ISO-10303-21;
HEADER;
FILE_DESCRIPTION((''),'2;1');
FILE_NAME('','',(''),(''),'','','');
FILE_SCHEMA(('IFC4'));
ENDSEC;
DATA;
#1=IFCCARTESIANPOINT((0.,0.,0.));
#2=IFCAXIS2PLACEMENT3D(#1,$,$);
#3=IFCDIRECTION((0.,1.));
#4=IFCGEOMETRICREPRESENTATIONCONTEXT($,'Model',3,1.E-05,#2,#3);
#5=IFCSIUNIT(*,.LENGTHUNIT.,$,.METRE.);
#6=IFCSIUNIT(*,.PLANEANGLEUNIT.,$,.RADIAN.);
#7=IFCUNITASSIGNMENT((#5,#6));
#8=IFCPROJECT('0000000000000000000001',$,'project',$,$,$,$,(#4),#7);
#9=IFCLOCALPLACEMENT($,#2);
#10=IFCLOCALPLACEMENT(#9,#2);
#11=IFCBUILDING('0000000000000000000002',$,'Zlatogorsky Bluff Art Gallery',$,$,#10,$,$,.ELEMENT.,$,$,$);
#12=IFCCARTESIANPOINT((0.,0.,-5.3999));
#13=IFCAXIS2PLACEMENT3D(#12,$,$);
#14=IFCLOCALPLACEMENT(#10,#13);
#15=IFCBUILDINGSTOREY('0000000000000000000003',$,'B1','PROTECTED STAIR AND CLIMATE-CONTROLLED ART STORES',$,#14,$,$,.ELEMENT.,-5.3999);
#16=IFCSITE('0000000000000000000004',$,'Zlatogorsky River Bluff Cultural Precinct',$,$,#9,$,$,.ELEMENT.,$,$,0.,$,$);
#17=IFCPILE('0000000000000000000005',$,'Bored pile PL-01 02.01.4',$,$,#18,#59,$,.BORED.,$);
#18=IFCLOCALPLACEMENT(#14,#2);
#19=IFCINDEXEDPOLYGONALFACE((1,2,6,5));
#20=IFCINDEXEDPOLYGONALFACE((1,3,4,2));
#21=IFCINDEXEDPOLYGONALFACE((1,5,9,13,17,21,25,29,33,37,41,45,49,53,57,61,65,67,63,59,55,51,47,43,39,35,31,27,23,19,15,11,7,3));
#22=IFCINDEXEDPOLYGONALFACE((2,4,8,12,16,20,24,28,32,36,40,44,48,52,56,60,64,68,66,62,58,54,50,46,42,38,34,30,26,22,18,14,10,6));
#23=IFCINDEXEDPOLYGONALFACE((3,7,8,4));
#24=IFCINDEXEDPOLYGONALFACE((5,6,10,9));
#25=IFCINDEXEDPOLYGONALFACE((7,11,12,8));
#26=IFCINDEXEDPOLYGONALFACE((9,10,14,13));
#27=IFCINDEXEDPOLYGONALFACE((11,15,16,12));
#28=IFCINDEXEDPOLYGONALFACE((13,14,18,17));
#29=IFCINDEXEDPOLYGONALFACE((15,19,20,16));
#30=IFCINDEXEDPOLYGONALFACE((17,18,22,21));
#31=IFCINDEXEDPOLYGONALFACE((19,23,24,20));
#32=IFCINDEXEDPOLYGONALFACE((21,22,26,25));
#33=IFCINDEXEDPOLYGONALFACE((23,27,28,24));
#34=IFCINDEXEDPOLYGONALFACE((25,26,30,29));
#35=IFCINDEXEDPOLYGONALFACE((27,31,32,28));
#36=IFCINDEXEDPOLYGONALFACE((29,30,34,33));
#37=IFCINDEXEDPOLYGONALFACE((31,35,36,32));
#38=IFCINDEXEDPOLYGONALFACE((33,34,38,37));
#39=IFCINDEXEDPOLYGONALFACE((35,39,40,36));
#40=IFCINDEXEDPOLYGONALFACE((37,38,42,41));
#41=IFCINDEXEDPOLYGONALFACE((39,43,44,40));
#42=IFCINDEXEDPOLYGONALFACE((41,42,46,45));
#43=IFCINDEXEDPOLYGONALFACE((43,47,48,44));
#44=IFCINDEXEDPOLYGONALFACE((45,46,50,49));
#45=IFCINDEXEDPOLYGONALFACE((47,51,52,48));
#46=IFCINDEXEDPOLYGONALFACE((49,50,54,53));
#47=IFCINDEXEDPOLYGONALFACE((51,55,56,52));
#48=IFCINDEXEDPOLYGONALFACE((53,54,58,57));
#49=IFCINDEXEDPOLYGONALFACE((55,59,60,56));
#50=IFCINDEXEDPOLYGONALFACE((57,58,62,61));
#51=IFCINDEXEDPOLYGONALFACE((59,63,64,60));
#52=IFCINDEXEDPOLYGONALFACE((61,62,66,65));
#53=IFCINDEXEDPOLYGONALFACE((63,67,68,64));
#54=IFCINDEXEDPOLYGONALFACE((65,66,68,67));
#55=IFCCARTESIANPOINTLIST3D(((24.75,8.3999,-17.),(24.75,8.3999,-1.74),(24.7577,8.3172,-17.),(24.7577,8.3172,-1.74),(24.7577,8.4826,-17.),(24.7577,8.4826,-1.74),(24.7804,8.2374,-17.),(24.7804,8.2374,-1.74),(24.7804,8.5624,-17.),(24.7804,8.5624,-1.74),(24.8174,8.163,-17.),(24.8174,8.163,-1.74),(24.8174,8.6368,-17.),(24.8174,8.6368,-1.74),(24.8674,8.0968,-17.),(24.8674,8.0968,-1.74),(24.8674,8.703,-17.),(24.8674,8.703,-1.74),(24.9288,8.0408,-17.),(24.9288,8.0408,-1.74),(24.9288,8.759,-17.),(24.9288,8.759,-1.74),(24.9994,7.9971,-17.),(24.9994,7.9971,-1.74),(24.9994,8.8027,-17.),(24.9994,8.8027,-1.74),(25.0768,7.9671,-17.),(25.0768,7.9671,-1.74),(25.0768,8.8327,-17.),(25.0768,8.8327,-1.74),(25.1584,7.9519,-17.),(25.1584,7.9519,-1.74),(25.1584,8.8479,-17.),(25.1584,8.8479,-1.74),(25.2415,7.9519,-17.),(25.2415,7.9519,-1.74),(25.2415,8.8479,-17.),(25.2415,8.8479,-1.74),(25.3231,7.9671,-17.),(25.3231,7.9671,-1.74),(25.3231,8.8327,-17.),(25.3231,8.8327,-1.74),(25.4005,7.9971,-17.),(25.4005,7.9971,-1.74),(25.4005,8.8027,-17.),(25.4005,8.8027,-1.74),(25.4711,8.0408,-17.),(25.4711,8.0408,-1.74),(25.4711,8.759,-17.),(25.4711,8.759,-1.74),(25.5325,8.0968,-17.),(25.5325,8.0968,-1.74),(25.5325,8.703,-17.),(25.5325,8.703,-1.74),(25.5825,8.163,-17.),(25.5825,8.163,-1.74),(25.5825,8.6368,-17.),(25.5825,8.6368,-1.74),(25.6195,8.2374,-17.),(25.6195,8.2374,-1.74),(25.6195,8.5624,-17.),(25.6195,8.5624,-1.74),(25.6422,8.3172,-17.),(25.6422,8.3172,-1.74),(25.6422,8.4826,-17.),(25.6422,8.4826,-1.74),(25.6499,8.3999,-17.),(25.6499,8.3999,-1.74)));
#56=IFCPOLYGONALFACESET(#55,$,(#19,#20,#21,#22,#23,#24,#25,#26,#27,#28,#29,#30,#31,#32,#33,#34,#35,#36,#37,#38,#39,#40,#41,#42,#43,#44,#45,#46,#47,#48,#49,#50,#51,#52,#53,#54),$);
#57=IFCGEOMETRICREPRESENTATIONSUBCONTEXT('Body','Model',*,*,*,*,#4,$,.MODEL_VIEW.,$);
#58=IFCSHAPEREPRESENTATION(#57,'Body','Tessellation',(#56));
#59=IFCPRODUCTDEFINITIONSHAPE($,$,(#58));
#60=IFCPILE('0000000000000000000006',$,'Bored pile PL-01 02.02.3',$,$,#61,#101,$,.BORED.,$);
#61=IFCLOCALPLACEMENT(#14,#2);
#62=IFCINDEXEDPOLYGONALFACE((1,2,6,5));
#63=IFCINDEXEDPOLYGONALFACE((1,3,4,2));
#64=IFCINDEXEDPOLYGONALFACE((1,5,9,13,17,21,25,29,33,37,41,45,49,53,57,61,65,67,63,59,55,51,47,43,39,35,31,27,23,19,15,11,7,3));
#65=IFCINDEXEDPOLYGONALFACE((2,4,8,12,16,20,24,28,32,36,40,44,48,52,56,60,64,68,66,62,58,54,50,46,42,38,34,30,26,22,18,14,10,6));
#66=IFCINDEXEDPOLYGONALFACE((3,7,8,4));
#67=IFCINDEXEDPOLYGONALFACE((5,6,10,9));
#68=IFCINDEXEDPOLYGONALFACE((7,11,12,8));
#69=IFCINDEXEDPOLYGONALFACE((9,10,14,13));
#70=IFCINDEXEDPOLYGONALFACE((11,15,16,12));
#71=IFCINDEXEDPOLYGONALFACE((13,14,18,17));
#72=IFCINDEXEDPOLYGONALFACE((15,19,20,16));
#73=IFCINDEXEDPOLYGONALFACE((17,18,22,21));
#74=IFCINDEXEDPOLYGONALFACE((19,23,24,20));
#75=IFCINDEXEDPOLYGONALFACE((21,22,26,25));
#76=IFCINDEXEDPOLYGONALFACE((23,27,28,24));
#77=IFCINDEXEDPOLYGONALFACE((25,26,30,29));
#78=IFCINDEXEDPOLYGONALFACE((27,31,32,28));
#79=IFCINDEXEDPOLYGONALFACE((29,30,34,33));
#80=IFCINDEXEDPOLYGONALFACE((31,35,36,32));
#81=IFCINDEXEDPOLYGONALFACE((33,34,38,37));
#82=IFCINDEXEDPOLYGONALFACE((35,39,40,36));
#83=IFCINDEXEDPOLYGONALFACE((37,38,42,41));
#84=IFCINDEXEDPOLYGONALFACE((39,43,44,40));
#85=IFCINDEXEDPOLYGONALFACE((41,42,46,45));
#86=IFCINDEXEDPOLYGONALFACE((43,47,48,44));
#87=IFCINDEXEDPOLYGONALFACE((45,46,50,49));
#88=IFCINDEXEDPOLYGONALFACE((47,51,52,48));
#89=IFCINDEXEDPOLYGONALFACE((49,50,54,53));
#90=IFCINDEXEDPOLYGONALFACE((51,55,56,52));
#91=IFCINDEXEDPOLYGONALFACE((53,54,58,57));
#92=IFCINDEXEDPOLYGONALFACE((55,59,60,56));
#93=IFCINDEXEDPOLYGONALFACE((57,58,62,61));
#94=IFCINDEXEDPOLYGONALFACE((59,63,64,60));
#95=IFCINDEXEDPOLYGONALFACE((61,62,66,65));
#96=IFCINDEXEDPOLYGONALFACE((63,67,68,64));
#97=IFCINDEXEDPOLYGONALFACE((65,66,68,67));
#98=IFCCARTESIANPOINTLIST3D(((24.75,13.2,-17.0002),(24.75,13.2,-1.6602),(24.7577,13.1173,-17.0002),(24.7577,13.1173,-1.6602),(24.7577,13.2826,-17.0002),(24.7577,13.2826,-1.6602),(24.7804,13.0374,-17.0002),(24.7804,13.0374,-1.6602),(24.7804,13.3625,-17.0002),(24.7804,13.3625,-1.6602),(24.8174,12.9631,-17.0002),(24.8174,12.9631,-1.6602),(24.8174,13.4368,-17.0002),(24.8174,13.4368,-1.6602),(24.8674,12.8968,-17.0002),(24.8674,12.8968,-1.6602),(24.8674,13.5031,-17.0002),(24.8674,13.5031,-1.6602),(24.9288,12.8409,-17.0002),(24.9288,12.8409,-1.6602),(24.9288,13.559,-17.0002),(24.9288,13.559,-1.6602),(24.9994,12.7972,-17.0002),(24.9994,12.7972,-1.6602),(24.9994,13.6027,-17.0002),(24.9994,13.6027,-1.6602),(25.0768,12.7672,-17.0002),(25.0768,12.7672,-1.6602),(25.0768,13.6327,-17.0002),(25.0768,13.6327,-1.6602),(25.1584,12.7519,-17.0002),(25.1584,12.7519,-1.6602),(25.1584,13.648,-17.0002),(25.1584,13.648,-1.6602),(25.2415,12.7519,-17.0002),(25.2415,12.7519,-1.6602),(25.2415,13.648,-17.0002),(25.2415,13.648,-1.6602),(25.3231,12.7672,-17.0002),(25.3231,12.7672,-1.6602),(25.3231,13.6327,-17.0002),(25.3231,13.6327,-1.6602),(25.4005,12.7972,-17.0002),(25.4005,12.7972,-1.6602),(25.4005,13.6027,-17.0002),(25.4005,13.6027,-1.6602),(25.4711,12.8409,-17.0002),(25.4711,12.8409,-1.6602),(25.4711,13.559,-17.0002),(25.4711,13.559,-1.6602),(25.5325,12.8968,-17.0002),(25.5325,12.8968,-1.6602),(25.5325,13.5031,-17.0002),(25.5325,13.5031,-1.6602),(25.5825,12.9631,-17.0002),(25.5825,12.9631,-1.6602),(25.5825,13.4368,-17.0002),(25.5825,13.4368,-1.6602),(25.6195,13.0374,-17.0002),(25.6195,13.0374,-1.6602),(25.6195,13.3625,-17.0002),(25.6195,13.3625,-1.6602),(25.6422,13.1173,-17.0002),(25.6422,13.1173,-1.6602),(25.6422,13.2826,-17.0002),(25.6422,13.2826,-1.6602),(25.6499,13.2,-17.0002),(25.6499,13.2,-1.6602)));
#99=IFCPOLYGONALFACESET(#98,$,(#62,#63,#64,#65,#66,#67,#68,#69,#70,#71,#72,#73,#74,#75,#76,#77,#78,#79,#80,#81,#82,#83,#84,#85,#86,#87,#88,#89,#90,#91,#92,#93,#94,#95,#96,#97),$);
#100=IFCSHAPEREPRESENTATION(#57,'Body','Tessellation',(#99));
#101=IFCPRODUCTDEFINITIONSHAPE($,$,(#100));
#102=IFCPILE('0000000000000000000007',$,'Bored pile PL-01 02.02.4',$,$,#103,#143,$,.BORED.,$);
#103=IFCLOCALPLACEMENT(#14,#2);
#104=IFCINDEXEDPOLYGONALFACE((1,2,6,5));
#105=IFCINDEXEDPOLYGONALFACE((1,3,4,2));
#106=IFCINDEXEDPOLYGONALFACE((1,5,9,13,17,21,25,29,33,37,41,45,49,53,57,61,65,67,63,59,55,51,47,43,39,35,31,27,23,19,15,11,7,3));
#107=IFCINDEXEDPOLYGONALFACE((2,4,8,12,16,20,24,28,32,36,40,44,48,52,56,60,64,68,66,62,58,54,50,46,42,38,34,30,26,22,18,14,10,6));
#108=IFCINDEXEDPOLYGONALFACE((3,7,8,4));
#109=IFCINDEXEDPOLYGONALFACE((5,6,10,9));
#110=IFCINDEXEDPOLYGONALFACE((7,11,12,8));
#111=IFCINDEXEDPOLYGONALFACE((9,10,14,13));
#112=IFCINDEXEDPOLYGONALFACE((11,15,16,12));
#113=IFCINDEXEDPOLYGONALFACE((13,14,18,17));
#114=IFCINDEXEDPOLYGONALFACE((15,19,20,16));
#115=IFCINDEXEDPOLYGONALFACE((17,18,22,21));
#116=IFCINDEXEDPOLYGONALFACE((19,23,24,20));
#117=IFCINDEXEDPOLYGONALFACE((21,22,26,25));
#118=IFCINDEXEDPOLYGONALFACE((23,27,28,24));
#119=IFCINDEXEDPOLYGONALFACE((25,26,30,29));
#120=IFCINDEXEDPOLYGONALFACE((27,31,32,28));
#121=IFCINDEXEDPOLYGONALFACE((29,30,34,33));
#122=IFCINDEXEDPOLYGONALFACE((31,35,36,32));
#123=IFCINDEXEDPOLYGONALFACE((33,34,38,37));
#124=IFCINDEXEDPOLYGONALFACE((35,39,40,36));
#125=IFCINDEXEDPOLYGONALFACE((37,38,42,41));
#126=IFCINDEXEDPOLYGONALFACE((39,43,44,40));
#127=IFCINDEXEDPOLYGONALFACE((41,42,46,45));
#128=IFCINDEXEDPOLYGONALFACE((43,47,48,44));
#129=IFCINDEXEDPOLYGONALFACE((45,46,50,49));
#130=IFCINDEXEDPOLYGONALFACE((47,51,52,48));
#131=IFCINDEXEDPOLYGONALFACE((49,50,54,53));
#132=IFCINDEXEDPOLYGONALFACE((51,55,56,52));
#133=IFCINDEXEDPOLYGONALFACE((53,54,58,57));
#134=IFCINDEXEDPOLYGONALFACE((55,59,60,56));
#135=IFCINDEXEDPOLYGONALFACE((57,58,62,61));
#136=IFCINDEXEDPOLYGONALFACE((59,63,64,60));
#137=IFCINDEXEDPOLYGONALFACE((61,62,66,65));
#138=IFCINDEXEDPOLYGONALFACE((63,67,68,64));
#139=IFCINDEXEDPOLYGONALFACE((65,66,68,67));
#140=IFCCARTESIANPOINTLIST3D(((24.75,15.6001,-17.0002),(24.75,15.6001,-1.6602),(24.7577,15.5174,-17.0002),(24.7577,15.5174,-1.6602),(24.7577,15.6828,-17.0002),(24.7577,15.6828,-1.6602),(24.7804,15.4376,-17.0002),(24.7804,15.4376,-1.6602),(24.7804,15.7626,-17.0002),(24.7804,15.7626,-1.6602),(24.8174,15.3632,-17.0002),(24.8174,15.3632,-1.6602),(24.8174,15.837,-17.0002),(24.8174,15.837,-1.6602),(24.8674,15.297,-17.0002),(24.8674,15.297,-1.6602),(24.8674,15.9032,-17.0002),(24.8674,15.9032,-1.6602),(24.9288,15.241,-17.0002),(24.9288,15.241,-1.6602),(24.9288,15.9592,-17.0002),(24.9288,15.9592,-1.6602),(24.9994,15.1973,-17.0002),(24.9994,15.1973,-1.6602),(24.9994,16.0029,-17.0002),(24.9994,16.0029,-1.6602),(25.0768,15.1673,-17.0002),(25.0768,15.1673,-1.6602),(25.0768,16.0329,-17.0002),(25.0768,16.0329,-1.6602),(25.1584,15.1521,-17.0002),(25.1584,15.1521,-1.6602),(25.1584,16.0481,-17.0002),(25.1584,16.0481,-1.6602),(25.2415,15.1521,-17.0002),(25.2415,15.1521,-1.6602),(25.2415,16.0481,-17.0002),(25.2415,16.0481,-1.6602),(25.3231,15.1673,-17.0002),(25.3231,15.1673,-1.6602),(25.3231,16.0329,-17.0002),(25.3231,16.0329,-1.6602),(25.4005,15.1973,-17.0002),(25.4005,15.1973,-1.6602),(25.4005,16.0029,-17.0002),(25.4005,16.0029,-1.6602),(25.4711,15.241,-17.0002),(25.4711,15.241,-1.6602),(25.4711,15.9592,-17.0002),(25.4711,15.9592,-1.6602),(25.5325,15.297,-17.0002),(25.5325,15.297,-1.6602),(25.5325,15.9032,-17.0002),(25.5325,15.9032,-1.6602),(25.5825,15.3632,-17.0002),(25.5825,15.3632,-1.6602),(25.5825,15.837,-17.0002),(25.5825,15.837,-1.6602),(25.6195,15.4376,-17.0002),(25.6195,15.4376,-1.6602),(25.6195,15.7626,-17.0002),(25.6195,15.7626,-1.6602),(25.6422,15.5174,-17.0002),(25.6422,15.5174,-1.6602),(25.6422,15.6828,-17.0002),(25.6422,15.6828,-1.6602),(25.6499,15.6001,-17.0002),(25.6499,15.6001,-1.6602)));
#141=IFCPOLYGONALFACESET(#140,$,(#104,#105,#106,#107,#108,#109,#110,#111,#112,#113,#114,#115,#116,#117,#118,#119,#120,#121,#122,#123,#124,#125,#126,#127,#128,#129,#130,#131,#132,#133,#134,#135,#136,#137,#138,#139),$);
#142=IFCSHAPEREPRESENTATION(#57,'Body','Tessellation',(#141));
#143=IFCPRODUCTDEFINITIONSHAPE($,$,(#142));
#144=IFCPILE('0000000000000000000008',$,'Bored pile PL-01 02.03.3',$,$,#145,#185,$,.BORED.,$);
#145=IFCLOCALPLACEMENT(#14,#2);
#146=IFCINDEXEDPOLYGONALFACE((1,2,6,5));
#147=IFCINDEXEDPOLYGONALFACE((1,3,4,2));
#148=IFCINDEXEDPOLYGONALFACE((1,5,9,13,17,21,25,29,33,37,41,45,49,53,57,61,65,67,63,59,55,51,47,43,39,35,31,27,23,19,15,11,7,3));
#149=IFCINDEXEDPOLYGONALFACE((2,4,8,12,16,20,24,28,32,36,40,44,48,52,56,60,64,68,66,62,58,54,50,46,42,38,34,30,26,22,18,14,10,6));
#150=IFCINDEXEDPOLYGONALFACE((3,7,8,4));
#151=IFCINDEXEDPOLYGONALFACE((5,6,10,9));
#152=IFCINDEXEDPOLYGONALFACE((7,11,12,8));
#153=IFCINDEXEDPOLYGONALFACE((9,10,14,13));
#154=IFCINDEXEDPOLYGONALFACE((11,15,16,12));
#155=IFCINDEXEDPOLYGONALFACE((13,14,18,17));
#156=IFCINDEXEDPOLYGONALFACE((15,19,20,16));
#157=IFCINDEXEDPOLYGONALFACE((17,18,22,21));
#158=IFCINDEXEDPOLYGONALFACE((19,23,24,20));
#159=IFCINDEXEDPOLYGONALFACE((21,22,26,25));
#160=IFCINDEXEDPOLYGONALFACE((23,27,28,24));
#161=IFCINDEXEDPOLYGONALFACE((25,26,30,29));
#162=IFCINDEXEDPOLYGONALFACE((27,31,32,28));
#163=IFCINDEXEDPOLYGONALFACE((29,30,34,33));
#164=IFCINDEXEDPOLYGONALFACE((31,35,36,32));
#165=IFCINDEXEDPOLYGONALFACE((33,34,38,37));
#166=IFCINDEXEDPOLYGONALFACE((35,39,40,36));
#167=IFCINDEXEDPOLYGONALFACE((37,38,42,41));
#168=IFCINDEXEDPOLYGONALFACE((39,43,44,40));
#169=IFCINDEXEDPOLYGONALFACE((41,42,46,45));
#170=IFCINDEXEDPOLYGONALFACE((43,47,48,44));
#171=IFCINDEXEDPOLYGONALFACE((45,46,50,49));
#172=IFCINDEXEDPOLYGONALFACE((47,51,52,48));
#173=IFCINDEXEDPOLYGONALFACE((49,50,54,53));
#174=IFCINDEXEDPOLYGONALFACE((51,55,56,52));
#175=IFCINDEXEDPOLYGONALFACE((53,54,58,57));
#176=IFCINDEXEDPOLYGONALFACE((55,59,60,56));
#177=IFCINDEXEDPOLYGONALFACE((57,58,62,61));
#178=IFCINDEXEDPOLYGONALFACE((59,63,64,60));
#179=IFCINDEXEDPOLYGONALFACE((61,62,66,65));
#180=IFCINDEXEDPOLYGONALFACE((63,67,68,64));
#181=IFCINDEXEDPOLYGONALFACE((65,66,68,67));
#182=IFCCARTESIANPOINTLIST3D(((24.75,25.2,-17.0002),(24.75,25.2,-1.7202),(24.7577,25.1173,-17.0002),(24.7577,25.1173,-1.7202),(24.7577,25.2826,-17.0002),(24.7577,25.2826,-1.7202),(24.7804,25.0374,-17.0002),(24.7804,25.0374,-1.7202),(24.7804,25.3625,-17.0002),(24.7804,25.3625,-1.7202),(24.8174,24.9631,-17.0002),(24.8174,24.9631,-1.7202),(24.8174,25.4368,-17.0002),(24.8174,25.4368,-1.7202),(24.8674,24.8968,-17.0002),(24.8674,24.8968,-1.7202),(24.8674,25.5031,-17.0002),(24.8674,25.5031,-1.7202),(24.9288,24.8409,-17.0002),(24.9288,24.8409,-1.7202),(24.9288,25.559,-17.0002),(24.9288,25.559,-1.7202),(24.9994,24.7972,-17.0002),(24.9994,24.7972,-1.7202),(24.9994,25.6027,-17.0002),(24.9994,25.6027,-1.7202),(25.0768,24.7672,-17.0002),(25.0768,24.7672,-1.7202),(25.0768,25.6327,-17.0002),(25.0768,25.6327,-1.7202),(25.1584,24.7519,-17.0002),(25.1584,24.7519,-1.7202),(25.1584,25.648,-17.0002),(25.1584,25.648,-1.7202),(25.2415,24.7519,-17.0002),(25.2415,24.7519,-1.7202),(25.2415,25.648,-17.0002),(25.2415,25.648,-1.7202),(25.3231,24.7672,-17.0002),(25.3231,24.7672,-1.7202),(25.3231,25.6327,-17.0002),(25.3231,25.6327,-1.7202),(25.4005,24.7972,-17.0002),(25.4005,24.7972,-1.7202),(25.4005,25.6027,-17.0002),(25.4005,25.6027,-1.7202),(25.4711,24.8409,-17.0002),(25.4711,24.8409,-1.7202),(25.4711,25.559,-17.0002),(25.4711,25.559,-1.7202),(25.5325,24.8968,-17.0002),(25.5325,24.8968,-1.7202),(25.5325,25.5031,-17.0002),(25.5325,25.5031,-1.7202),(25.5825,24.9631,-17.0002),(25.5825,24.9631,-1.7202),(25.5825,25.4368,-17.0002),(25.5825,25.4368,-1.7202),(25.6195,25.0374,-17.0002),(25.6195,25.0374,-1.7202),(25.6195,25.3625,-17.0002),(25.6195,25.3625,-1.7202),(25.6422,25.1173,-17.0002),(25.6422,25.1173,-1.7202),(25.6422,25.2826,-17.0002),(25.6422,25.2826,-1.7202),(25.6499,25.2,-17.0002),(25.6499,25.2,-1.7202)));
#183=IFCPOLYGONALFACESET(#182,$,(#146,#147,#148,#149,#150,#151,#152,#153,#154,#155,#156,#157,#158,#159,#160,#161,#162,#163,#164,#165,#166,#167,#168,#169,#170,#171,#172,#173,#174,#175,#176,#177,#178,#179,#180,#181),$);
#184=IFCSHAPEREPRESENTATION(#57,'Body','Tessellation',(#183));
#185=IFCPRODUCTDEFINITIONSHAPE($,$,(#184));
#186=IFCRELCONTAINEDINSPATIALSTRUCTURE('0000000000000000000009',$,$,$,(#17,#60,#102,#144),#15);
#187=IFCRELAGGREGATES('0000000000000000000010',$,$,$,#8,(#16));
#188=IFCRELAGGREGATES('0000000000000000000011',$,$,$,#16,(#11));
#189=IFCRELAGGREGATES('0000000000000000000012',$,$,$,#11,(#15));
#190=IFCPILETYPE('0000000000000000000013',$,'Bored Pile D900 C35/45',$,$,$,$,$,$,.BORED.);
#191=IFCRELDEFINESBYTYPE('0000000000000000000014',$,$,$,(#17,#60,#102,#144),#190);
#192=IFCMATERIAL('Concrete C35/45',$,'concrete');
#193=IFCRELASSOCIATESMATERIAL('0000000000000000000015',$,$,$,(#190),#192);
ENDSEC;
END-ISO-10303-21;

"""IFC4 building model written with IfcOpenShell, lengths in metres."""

from ifc_helpers import new_model, si_unit, direction, frame, origin, origin_2d, place, context, subcontext, project, spatial, circle, extrude, material, material_profile, profile_set, type_object, element, save


model = new_model("IFC4")

# Units and contexts
model_context = context("Model", 3, precision=1e-05, world=origin(), true_north=direction((0.0, 1.0)))
body_context = subcontext(model_context, "Body", "Model", "MODEL_VIEW")
ifc_project = project(units=[si_unit("LENGTHUNIT", "METRE"), si_unit("PLANEANGLEUNIT", "RADIAN")], contexts=[model_context])

# Site, building, storey
site_placement = place(None, origin())
site = spatial("IfcSite", under=ifc_project, at=site_placement, Name="Zlatogorsky River Bluff Cultural Precinct", CompositionType="ELEMENT", RefElevation=0.0)
building_placement = place(site_placement, origin())
building = spatial("IfcBuilding", under=site, at=building_placement, Name="Zlatogorsky Bluff Art Gallery", CompositionType="ELEMENT")
storey_placement = place(building_placement, frame((0.0, 0.0, -5.3999)))
storey = spatial("IfcBuildingStorey", under=building, at=storey_placement, Name="B1", Description="PROTECTED STAIR AND CLIMATE-CONTROLLED ART STORES", CompositionType="ELEMENT", Elevation=-5.3999)

# Piles
ifc_material_1 = material(Name="Concrete C35/45", Category="concrete")
ifc_material_profile_1 = material_profile(ifc_material_1, circle(Radius=0.45, at=origin_2d()), Name="BORED PILE D900")
ifc_profile_set_1 = profile_set([ifc_material_profile_1], Name="Concrete C35/45")
pile_type = type_object("IfcPileType", Name="Bored Pile D900 C35/45", PredefinedType="BORED", material=ifc_profile_set_1)
pile_1_placement = place(storey_placement, frame((25.2, 8.3999, -1.74), z_axis=(0.0, 0.0, -1.0), x_axis=(1.0, 0.0, 0.0)))
element("IfcPile", 1, at=pile_1_placement, inside=storey, type_object=pile_type, Name="Bored pile PL-01 02.01.4", PredefinedType="BORED", context=body_context, shape_type="SweptSolid", body=[
    extrude(circle(Radius=0.45, at=origin_2d()), origin(), (0.0, 0.0, 1.0), 15.26),
])
for number, where, z_axis, x_axis, name in (
    (2, (25.2, 13.2, -1.6602), (0.0, 0.0, -1.0), (1.0, 0.0, 0.0), "Bored pile PL-01 02.02.3"),
    (3, (25.2, 15.6001, -1.6602), (0.0, 0.0, -1.0), (1.0, 0.0, 0.0), "Bored pile PL-01 02.02.4"),
):
    element("IfcPile", number, at=place(storey_placement, frame(where, z_axis=z_axis, x_axis=x_axis)), inside=storey, type_object=pile_type, Name=name, PredefinedType="BORED", context=body_context, shape_type="SweptSolid", body=[
        extrude(circle(Radius=0.45, at=origin_2d()), origin(), (0.0, 0.0, 1.0), 15.3401),
    ])
pile_2_placement = place(storey_placement, frame((25.2, 25.2, -1.7202), z_axis=(0.0, 0.0, -1.0), x_axis=(1.0, 0.0, 0.0)))
element("IfcPile", 4, at=pile_2_placement, inside=storey, type_object=pile_type, Name="Bored pile PL-01 02.03.3", PredefinedType="BORED", context=body_context, shape_type="SweptSolid", body=[
    extrude(circle(Radius=0.45, at=origin_2d()), origin(), (0.0, 0.0, 1.0), 15.28),
])

save(model, "model.ifc")
